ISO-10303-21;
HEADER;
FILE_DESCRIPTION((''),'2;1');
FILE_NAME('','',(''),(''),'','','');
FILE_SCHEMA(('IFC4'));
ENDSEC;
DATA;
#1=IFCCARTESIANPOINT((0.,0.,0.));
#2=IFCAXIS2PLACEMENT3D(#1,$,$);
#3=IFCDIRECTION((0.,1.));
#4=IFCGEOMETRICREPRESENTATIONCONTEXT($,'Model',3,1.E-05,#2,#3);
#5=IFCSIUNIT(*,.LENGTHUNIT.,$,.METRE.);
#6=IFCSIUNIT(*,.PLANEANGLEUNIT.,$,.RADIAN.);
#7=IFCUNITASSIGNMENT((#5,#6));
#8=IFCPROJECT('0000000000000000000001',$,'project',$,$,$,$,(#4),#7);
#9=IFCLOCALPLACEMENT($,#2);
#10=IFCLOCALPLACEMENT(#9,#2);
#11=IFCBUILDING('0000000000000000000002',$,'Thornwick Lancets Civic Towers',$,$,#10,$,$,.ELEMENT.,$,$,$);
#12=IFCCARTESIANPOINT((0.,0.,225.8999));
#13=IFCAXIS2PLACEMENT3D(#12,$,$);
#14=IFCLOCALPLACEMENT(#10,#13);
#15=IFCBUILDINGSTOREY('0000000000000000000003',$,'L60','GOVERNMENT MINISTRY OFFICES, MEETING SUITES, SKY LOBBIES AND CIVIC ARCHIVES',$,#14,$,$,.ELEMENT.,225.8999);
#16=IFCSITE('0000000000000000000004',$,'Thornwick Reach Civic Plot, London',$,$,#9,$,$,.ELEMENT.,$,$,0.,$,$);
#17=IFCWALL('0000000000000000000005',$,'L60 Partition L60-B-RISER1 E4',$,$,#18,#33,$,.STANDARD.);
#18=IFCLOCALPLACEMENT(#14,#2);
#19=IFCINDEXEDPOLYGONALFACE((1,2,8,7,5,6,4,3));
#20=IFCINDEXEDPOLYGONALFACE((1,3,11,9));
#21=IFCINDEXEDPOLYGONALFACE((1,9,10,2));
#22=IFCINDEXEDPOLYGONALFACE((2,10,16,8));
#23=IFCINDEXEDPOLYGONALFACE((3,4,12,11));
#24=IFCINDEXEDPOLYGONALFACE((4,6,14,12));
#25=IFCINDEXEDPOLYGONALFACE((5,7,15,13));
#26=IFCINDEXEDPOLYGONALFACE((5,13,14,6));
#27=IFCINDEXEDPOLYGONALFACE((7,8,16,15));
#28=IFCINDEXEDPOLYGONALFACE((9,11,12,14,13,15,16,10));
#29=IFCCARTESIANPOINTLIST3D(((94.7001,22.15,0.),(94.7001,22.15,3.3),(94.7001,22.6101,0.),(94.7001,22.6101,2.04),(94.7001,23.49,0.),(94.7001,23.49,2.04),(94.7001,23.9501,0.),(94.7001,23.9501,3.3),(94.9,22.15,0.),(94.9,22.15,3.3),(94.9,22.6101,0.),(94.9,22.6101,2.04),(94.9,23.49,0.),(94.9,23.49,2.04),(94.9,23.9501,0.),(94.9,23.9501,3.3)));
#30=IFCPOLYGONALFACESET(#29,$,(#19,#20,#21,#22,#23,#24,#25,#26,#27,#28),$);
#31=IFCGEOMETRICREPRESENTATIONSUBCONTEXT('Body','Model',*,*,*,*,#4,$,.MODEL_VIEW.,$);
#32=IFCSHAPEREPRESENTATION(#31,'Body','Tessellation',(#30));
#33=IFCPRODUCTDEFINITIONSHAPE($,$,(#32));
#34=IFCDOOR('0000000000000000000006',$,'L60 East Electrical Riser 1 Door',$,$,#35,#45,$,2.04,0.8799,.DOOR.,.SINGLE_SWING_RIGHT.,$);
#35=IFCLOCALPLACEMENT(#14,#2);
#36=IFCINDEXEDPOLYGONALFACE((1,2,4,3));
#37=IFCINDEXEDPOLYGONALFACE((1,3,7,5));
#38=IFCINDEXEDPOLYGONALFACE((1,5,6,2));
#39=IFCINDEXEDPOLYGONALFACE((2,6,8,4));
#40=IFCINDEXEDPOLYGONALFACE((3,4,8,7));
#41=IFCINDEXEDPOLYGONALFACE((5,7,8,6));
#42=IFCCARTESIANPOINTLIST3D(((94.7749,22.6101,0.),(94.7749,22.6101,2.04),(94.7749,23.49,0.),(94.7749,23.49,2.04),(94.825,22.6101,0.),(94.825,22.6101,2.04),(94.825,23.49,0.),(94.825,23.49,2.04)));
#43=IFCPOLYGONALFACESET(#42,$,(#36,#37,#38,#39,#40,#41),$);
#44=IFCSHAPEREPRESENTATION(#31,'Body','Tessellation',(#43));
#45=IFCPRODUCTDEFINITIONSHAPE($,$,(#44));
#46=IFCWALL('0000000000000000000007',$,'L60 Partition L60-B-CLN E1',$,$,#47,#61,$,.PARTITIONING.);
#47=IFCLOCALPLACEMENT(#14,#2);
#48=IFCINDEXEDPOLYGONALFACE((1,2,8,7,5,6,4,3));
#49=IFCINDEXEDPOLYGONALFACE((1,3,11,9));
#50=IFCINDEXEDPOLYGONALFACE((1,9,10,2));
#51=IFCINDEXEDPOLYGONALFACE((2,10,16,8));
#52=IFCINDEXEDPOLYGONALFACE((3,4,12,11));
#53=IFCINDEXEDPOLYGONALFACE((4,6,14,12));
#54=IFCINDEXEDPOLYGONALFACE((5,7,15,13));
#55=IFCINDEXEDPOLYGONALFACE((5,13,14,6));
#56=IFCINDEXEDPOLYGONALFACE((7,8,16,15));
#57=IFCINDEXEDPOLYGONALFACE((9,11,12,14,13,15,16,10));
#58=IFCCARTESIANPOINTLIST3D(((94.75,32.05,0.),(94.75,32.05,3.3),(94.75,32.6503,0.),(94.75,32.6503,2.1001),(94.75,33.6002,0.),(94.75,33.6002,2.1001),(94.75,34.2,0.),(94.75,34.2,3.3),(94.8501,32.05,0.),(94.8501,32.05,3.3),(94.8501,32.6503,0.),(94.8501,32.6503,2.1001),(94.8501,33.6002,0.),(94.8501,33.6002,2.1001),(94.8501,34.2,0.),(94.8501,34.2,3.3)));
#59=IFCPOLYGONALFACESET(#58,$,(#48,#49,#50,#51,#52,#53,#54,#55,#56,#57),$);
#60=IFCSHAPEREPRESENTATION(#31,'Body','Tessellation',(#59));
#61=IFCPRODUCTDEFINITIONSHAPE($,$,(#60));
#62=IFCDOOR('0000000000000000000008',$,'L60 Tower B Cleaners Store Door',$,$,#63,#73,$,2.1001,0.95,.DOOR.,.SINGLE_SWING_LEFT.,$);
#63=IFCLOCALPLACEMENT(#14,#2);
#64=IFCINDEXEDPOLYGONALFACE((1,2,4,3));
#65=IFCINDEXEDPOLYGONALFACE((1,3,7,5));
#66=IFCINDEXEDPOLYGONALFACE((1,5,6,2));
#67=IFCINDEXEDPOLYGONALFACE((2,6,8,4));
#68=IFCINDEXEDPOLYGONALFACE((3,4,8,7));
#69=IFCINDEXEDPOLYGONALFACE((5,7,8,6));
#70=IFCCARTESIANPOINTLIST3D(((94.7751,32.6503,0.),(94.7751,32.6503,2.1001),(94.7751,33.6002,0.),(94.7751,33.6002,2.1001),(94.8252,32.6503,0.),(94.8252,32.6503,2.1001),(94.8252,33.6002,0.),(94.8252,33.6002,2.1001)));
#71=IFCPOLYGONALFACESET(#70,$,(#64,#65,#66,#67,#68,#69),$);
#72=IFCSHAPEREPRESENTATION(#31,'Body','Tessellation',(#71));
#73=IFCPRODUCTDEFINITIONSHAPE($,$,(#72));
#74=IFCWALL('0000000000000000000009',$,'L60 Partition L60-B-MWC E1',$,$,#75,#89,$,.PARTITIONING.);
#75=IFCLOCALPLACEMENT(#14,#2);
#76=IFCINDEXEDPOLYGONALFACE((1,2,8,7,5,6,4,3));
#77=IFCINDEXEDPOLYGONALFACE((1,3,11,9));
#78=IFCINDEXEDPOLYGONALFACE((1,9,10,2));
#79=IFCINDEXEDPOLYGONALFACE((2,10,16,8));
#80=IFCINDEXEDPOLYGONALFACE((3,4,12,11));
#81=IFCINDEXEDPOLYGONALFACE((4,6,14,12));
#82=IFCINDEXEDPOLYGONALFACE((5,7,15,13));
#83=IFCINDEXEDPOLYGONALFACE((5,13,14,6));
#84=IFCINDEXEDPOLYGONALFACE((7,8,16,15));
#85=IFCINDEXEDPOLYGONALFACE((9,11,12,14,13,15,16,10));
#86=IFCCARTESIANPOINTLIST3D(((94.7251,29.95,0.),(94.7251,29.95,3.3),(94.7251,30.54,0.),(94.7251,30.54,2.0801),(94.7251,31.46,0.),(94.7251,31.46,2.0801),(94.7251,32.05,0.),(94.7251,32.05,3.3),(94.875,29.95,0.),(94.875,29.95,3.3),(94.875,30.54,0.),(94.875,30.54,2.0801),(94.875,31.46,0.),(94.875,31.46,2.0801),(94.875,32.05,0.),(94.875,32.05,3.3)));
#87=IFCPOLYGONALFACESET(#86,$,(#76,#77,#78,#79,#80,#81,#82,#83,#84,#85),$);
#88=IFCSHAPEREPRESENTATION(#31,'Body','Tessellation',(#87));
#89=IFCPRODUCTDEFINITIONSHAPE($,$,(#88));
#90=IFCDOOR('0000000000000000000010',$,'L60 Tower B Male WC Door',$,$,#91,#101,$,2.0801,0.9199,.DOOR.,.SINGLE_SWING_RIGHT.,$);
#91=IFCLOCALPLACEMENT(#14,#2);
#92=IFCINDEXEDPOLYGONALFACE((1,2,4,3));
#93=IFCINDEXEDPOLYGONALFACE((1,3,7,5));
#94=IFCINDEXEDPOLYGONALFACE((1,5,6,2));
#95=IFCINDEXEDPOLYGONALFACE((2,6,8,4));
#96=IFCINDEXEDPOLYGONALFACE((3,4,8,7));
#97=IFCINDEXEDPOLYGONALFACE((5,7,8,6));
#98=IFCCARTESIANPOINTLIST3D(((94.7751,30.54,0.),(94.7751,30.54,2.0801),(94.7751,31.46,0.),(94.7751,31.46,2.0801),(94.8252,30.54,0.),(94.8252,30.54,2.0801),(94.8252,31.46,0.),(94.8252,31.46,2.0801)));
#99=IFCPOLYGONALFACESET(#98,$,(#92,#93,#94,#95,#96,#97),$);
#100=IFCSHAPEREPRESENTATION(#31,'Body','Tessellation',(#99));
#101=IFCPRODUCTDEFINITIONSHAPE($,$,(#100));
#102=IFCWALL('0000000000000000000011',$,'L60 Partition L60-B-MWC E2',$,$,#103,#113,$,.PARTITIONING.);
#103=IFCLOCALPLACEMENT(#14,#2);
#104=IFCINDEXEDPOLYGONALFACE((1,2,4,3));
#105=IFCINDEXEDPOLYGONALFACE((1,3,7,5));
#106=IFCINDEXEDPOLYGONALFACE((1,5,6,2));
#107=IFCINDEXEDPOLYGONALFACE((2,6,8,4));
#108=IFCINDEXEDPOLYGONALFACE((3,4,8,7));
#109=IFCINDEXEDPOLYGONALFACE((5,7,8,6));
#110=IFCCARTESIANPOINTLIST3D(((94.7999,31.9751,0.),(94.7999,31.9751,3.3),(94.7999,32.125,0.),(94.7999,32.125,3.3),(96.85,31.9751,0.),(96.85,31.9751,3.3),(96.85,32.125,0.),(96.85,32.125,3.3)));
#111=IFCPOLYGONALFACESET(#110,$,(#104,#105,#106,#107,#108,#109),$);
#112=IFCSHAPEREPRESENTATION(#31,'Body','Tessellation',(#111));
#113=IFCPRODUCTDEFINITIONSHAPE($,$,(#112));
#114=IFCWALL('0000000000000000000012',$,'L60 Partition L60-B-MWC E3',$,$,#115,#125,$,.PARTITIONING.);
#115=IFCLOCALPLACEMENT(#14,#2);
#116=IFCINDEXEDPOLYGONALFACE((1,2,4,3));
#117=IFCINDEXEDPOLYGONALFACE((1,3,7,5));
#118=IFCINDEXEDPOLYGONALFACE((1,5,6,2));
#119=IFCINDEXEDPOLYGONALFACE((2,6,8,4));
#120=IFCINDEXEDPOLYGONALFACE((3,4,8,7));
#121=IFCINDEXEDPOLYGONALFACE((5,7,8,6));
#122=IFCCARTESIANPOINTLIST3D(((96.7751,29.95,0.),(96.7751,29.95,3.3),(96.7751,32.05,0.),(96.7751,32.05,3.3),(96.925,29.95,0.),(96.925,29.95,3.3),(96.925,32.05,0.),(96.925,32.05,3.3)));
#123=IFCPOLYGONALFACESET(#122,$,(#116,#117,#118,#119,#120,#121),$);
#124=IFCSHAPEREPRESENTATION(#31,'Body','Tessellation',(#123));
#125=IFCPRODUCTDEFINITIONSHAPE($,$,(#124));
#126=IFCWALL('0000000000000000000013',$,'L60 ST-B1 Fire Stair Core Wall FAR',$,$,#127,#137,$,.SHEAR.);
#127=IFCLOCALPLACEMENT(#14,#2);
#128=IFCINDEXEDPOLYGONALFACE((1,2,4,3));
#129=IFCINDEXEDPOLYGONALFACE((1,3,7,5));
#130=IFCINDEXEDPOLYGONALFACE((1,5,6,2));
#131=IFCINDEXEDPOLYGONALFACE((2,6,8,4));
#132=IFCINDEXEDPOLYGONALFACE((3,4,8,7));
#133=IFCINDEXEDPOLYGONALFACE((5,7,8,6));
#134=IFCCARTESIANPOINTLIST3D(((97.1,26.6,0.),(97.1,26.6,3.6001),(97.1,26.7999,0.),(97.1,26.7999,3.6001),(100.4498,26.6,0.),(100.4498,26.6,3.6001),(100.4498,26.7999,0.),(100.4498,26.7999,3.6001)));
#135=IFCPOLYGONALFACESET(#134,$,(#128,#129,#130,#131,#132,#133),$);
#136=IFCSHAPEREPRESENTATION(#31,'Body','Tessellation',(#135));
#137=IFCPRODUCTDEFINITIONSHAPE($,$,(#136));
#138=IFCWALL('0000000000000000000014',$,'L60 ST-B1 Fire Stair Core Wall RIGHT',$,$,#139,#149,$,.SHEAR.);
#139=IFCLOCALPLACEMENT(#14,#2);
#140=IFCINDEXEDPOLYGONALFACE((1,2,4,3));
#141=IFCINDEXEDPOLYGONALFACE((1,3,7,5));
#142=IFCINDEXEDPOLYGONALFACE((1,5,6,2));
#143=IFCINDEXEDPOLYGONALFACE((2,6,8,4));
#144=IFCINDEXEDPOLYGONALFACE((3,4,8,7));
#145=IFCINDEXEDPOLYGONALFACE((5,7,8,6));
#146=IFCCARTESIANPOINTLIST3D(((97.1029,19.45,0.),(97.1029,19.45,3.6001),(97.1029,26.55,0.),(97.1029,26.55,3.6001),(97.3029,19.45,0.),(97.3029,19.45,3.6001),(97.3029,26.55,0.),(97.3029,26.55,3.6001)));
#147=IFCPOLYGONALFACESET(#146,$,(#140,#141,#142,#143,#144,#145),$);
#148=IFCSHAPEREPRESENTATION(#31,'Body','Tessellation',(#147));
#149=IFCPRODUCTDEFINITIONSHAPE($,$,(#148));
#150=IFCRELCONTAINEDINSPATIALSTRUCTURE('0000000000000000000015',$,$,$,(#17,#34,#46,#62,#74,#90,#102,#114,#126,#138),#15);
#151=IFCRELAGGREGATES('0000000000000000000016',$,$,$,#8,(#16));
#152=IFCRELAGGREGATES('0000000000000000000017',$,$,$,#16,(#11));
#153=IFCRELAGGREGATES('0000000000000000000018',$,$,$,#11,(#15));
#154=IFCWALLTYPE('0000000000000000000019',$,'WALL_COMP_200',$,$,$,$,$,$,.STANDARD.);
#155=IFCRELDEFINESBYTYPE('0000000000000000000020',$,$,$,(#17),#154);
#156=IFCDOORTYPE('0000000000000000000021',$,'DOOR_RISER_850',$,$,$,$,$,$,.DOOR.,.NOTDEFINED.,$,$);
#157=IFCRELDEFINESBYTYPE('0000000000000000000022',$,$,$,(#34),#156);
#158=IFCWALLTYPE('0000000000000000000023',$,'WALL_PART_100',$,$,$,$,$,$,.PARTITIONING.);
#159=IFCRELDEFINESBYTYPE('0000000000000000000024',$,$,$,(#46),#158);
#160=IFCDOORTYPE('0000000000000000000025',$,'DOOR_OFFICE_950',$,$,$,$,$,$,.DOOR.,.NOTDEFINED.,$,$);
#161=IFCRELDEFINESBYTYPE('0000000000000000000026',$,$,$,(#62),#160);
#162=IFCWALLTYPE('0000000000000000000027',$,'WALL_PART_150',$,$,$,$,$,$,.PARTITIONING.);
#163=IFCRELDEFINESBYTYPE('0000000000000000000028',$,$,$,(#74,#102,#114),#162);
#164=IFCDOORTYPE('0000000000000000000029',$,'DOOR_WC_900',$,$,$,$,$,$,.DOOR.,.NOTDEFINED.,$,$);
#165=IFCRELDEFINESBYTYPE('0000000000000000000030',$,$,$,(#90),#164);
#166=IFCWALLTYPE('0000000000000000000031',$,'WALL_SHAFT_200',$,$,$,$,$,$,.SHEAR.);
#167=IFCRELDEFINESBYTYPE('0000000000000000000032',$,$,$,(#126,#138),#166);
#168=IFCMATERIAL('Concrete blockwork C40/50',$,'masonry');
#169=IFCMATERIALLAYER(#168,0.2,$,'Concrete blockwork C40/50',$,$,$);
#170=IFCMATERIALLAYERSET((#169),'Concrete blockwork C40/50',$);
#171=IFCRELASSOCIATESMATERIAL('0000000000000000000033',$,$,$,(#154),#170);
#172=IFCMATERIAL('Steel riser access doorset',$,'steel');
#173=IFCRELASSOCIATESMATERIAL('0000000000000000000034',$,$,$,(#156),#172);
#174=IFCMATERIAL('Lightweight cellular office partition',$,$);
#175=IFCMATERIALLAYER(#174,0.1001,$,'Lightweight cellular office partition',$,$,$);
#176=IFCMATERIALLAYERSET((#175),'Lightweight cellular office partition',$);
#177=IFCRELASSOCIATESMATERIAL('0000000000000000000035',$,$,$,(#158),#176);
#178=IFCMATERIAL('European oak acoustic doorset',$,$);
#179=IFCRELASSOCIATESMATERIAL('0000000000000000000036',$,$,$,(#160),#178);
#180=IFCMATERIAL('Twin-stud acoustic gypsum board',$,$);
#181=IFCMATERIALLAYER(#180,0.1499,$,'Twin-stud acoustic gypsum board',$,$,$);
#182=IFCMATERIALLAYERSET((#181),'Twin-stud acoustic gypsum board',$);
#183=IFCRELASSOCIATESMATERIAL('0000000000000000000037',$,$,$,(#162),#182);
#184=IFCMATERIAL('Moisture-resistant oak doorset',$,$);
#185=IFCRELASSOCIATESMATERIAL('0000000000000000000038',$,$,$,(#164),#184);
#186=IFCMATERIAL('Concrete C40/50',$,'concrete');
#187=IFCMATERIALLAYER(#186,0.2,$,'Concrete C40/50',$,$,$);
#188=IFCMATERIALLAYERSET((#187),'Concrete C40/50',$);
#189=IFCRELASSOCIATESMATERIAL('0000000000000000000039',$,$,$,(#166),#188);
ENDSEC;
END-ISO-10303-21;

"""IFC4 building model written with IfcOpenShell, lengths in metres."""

from ifc_helpers import new_model, si_unit, direction, frame, frame_2d, origin, place, context, subcontext, project, spatial, rectangle, extrude, material, layer, layer_set, type_object, element, fill, save


model = new_model("IFC4")

# Units and contexts
model_context = context("Model", 3, precision=1e-05, world=origin(), true_north=direction((0.0, 1.0)))
body_context = subcontext(model_context, "Body", "Model", "MODEL_VIEW")
ifc_project = project(units=[si_unit("LENGTHUNIT", "METRE"), si_unit("PLANEANGLEUNIT", "RADIAN")], contexts=[model_context])

# Site, building, storey
site_placement = place(None, origin())
site = spatial("IfcSite", under=ifc_project, at=site_placement, Name="Thornwick Reach Civic Plot, London", CompositionType="ELEMENT", RefElevation=0.0)
building_placement = place(site_placement, origin())
building = spatial("IfcBuilding", under=site, at=building_placement, Name="Thornwick Lancets Civic Towers", CompositionType="ELEMENT")
storey_placement = place(building_placement, frame((0.0, 0.0, 225.8999)))
storey = spatial("IfcBuildingStorey", under=building, at=storey_placement, Name="L60", Description="GOVERNMENT MINISTRY OFFICES, MEETING SUITES, SKY LOBBIES AND CIVIC ARCHIVES", CompositionType="ELEMENT", Elevation=225.8999)

# Shared definitions
ifc_material_1 = material(Name="Concrete blockwork C40/50", Category="masonry")
ifc_layer_1 = layer(ifc_material_1, 0.2, Name="Concrete blockwork C40/50")
ifc_layer_set_1 = layer_set([ifc_layer_1], Name="Concrete blockwork C40/50")
wall_type_1 = type_object("IfcWallType", Name="WALL_COMP_200", PredefinedType="STANDARD", material=ifc_layer_set_1)

# Shared definitions
ifc_material_2 = material(Name="Steel riser access doorset", Category="steel")
door_type_1 = type_object("IfcDoorType", Name="DOOR_RISER_850", OperationType="NOTDEFINED", PredefinedType="DOOR", material=ifc_material_2)

# Walls, openings, doors
wall_1_placement = place(storey_placement, frame((94.8, 23.95, 0.0), z_axis=(0.0, 0.0, 1.0), x_axis=(0.0, -1.0, 0.0)))
wall_1 = element("IfcWall", 1, at=wall_1_placement, inside=storey, type_object=wall_type_1, Name="L60 Partition L60-B-RISER1 E4", PredefinedType="STANDARD", context=body_context, shape_type="SweptSolid", body=[
    extrude(rectangle(XDim=1.8, YDim=0.2, at=frame_2d((0.8999, 0.0))), origin(), (0.0, 0.0, 1.0), 3.3),
])
opening_1_placement = place(wall_1_placement, frame((0.46, 0.0, 0.0)))
opening_1 = element("IfcOpeningElement", 2, at=opening_1_placement, cuts=wall_1, PredefinedType="OPENING", context=body_context, shape_type="SweptSolid", body=[
    extrude(rectangle(XDim=0.8799, YDim=2.04, at=frame_2d((0.4399, 1.02))), frame((0.0, 0.1099, 0.0), z_axis=(0.0, -1.0, 0.0), x_axis=(1.0, 0.0, 0.0)), (0.0, 0.0, 1.0), 0.22),
])
door_1_placement = place(opening_1_placement, origin())
door_1 = element("IfcDoor", 3, at=door_1_placement, inside=storey, type_object=door_type_1, Name="L60 East Electrical Riser 1 Door", OperationType="SINGLE_SWING_RIGHT", OverallHeight=2.04, OverallWidth=0.8799, PredefinedType="DOOR", context=body_context, shape_type="SweptSolid", body=[
    extrude(rectangle(XDim=0.8799, YDim=2.04, at=frame_2d((0.4399, 1.02))), frame((0.0, 0.0249, 0.0), z_axis=(0.0, -1.0, 0.0), x_axis=(1.0, 0.0, 0.0)), (0.0, 0.0, 1.0), 0.05),
])
fill(opening_1, door_1)
ifc_material_3 = material(Name="Lightweight cellular office partition")
ifc_layer_2 = layer(ifc_material_3, 0.1001, Name="Lightweight cellular office partition")
ifc_layer_set_2 = layer_set([ifc_layer_2], Name="Lightweight cellular office partition")
wall_type_2 = type_object("IfcWallType", Name="WALL_PART_100", PredefinedType="PARTITIONING", material=ifc_layer_set_2)
wall_2_placement = place(storey_placement, frame((94.8, 32.05, 0.0), z_axis=(0.0, 0.0, 1.0), x_axis=(0.0, 1.0, 0.0)))
wall_2 = element("IfcWall", 4, at=wall_2_placement, inside=storey, type_object=wall_type_2, Name="L60 Partition L60-B-CLN E1", PredefinedType="PARTITIONING", context=body_context, shape_type="SweptSolid", body=[
    extrude(rectangle(XDim=2.1499, YDim=0.1001, at=frame_2d((1.075, 0.0))), origin(), (0.0, 0.0, 1.0), 3.3),
])
opening_2_placement = place(wall_2_placement, frame((0.6001, 0.0, 0.0)))
opening_2 = element("IfcOpeningElement", 5, at=opening_2_placement, cuts=wall_2, PredefinedType="OPENING", context=body_context, shape_type="SweptSolid", body=[
    extrude(rectangle(XDim=0.95, YDim=2.1001, at=frame_2d((0.4751, 1.05))), frame((0.0, 0.0601, 0.0), z_axis=(0.0, -1.0, 0.0), x_axis=(1.0, 0.0, 0.0)), (0.0, 0.0, 1.0), 0.1201),
])
ifc_material_4 = material(Name="European oak acoustic doorset")
door_type_2 = type_object("IfcDoorType", Name="DOOR_OFFICE_950", OperationType="NOTDEFINED", PredefinedType="DOOR", material=ifc_material_4)
door_2_placement = place(opening_2_placement, origin())
door_2 = element("IfcDoor", 6, at=door_2_placement, inside=storey, type_object=door_type_2, Name="L60 Tower B Cleaners Store Door", OperationType="SINGLE_SWING_LEFT", OverallHeight=2.1001, OverallWidth=0.95, PredefinedType="DOOR", context=body_context, shape_type="SweptSolid", body=[
    extrude(rectangle(XDim=0.95, YDim=2.1001, at=frame_2d((0.4751, 1.05))), frame((0.0, 0.0249, 0.0), z_axis=(0.0, -1.0, 0.0), x_axis=(1.0, 0.0, 0.0)), (0.0, 0.0, 1.0), 0.05),
])
fill(opening_2, door_2)
ifc_material_5 = material(Name="Twin-stud acoustic gypsum board")
ifc_layer_3 = layer(ifc_material_5, 0.1499, Name="Twin-stud acoustic gypsum board")
ifc_layer_set_3 = layer_set([ifc_layer_3], Name="Twin-stud acoustic gypsum board")
wall_type_3 = type_object("IfcWallType", Name="WALL_PART_150", PredefinedType="PARTITIONING", material=ifc_layer_set_3)
wall_3_placement = place(storey_placement, frame((94.8, 29.95, 0.0), z_axis=(0.0, 0.0, 1.0), x_axis=(0.0, 1.0, 0.0)))
wall_3 = element("IfcWall", 7, at=wall_3_placement, inside=storey, type_object=wall_type_3, Name="L60 Partition L60-B-MWC E1", PredefinedType="PARTITIONING", context=body_context, shape_type="SweptSolid", body=[
    extrude(rectangle(XDim=2.1001, YDim=0.1499, at=frame_2d((1.05, 0.0))), origin(), (0.0, 0.0, 1.0), 3.3),
])
opening_3_placement = place(wall_3_placement, frame((0.5901, 0.0, 0.0)))
opening_3 = element("IfcOpeningElement", 8, at=opening_3_placement, cuts=wall_3, PredefinedType="OPENING", context=body_context, shape_type="SweptSolid", body=[
    extrude(rectangle(XDim=0.9199, YDim=2.0801, at=frame_2d((0.46, 1.04))), frame((0.0, 0.085, 0.0), z_axis=(0.0, -1.0, 0.0), x_axis=(1.0, 0.0, 0.0)), (0.0, 0.0, 1.0), 0.1699),
])
ifc_material_6 = material(Name="Moisture-resistant oak doorset")
door_type_3 = type_object("IfcDoorType", Name="DOOR_WC_900", OperationType="NOTDEFINED", PredefinedType="DOOR", material=ifc_material_6)
door_3_placement = place(opening_3_placement, origin())
door_3 = element("IfcDoor", 9, at=door_3_placement, inside=storey, type_object=door_type_3, Name="L60 Tower B Male WC Door", OperationType="SINGLE_SWING_RIGHT", OverallHeight=2.0801, OverallWidth=0.9199, PredefinedType="DOOR", context=body_context, shape_type="SweptSolid", body=[
    extrude(rectangle(XDim=0.9199, YDim=2.0801, at=frame_2d((0.46, 1.04))), frame((0.0, 0.0249, 0.0), z_axis=(0.0, -1.0, 0.0), x_axis=(1.0, 0.0, 0.0)), (0.0, 0.0, 1.0), 0.05),
])
fill(opening_3, door_3)

# Walls
wall_4_placement = place(storey_placement, frame((94.8, 32.05, 0.0), z_axis=(0.0, 0.0, 1.0), x_axis=(1.0, 0.0, 0.0)))
element("IfcWall", 10, at=wall_4_placement, inside=storey, type_object=wall_type_3, Name="L60 Partition L60-B-MWC E2", PredefinedType="PARTITIONING", context=body_context, shape_type="SweptSolid", body=[
    extrude(rectangle(XDim=2.05, YDim=0.1499, at=frame_2d((1.0249, 0.0))), origin(), (0.0, 0.0, 1.0), 3.3),
])
wall_5_placement = place(storey_placement, frame((96.8501, 32.05, 0.0), z_axis=(0.0, 0.0, 1.0), x_axis=(0.0, -1.0, 0.0)))
element("IfcWall", 11, at=wall_5_placement, inside=storey, type_object=wall_type_3, Name="L60 Partition L60-B-MWC E3", PredefinedType="PARTITIONING", context=body_context, shape_type="SweptSolid", body=[
    extrude(rectangle(XDim=2.1001, YDim=0.1499, at=frame_2d((1.05, 0.0))), origin(), (0.0, 0.0, 1.0), 3.3),
])
ifc_material_7 = material(Name="Concrete C40/50", Category="concrete")
ifc_layer_4 = layer(ifc_material_7, 0.2, Name="Concrete C40/50")
ifc_layer_set_4 = layer_set([ifc_layer_4], Name="Concrete C40/50")
wall_type_4 = type_object("IfcWallType", Name="WALL_SHAFT_200", PredefinedType="SHEAR", material=ifc_layer_set_4)
wall_6_placement = place(storey_placement, frame((97.1001, 26.7, 0.0), z_axis=(0.0, 0.0, 1.0), x_axis=(1.0, 0.0, 0.0)))
element("IfcWall", 12, at=wall_6_placement, inside=storey, type_object=wall_type_4, Name="L60 ST-B1 Fire Stair Core Wall FAR", PredefinedType="SHEAR", context=body_context, shape_type="SweptSolid", body=[
    extrude(rectangle(XDim=3.3499, YDim=0.2, at=frame_2d((1.6748, 0.0))), origin(), (0.0, 0.0, 1.0), 3.6001),
])
wall_7_placement = place(storey_placement, frame((97.2029, 26.55, 0.0), z_axis=(0.0, 0.0, 1.0), x_axis=(0.0, -1.0, 0.0)))
element("IfcWall", 13, at=wall_7_placement, inside=storey, type_object=wall_type_4, Name="L60 ST-B1 Fire Stair Core Wall RIGHT", PredefinedType="SHEAR", context=body_context, shape_type="SweptSolid", body=[
    extrude(rectangle(XDim=7.1001, YDim=0.2, at=frame_2d((3.55, 0.0))), origin(), (0.0, 0.0, 1.0), 3.6001),
])

save(model, "model.ifc")
